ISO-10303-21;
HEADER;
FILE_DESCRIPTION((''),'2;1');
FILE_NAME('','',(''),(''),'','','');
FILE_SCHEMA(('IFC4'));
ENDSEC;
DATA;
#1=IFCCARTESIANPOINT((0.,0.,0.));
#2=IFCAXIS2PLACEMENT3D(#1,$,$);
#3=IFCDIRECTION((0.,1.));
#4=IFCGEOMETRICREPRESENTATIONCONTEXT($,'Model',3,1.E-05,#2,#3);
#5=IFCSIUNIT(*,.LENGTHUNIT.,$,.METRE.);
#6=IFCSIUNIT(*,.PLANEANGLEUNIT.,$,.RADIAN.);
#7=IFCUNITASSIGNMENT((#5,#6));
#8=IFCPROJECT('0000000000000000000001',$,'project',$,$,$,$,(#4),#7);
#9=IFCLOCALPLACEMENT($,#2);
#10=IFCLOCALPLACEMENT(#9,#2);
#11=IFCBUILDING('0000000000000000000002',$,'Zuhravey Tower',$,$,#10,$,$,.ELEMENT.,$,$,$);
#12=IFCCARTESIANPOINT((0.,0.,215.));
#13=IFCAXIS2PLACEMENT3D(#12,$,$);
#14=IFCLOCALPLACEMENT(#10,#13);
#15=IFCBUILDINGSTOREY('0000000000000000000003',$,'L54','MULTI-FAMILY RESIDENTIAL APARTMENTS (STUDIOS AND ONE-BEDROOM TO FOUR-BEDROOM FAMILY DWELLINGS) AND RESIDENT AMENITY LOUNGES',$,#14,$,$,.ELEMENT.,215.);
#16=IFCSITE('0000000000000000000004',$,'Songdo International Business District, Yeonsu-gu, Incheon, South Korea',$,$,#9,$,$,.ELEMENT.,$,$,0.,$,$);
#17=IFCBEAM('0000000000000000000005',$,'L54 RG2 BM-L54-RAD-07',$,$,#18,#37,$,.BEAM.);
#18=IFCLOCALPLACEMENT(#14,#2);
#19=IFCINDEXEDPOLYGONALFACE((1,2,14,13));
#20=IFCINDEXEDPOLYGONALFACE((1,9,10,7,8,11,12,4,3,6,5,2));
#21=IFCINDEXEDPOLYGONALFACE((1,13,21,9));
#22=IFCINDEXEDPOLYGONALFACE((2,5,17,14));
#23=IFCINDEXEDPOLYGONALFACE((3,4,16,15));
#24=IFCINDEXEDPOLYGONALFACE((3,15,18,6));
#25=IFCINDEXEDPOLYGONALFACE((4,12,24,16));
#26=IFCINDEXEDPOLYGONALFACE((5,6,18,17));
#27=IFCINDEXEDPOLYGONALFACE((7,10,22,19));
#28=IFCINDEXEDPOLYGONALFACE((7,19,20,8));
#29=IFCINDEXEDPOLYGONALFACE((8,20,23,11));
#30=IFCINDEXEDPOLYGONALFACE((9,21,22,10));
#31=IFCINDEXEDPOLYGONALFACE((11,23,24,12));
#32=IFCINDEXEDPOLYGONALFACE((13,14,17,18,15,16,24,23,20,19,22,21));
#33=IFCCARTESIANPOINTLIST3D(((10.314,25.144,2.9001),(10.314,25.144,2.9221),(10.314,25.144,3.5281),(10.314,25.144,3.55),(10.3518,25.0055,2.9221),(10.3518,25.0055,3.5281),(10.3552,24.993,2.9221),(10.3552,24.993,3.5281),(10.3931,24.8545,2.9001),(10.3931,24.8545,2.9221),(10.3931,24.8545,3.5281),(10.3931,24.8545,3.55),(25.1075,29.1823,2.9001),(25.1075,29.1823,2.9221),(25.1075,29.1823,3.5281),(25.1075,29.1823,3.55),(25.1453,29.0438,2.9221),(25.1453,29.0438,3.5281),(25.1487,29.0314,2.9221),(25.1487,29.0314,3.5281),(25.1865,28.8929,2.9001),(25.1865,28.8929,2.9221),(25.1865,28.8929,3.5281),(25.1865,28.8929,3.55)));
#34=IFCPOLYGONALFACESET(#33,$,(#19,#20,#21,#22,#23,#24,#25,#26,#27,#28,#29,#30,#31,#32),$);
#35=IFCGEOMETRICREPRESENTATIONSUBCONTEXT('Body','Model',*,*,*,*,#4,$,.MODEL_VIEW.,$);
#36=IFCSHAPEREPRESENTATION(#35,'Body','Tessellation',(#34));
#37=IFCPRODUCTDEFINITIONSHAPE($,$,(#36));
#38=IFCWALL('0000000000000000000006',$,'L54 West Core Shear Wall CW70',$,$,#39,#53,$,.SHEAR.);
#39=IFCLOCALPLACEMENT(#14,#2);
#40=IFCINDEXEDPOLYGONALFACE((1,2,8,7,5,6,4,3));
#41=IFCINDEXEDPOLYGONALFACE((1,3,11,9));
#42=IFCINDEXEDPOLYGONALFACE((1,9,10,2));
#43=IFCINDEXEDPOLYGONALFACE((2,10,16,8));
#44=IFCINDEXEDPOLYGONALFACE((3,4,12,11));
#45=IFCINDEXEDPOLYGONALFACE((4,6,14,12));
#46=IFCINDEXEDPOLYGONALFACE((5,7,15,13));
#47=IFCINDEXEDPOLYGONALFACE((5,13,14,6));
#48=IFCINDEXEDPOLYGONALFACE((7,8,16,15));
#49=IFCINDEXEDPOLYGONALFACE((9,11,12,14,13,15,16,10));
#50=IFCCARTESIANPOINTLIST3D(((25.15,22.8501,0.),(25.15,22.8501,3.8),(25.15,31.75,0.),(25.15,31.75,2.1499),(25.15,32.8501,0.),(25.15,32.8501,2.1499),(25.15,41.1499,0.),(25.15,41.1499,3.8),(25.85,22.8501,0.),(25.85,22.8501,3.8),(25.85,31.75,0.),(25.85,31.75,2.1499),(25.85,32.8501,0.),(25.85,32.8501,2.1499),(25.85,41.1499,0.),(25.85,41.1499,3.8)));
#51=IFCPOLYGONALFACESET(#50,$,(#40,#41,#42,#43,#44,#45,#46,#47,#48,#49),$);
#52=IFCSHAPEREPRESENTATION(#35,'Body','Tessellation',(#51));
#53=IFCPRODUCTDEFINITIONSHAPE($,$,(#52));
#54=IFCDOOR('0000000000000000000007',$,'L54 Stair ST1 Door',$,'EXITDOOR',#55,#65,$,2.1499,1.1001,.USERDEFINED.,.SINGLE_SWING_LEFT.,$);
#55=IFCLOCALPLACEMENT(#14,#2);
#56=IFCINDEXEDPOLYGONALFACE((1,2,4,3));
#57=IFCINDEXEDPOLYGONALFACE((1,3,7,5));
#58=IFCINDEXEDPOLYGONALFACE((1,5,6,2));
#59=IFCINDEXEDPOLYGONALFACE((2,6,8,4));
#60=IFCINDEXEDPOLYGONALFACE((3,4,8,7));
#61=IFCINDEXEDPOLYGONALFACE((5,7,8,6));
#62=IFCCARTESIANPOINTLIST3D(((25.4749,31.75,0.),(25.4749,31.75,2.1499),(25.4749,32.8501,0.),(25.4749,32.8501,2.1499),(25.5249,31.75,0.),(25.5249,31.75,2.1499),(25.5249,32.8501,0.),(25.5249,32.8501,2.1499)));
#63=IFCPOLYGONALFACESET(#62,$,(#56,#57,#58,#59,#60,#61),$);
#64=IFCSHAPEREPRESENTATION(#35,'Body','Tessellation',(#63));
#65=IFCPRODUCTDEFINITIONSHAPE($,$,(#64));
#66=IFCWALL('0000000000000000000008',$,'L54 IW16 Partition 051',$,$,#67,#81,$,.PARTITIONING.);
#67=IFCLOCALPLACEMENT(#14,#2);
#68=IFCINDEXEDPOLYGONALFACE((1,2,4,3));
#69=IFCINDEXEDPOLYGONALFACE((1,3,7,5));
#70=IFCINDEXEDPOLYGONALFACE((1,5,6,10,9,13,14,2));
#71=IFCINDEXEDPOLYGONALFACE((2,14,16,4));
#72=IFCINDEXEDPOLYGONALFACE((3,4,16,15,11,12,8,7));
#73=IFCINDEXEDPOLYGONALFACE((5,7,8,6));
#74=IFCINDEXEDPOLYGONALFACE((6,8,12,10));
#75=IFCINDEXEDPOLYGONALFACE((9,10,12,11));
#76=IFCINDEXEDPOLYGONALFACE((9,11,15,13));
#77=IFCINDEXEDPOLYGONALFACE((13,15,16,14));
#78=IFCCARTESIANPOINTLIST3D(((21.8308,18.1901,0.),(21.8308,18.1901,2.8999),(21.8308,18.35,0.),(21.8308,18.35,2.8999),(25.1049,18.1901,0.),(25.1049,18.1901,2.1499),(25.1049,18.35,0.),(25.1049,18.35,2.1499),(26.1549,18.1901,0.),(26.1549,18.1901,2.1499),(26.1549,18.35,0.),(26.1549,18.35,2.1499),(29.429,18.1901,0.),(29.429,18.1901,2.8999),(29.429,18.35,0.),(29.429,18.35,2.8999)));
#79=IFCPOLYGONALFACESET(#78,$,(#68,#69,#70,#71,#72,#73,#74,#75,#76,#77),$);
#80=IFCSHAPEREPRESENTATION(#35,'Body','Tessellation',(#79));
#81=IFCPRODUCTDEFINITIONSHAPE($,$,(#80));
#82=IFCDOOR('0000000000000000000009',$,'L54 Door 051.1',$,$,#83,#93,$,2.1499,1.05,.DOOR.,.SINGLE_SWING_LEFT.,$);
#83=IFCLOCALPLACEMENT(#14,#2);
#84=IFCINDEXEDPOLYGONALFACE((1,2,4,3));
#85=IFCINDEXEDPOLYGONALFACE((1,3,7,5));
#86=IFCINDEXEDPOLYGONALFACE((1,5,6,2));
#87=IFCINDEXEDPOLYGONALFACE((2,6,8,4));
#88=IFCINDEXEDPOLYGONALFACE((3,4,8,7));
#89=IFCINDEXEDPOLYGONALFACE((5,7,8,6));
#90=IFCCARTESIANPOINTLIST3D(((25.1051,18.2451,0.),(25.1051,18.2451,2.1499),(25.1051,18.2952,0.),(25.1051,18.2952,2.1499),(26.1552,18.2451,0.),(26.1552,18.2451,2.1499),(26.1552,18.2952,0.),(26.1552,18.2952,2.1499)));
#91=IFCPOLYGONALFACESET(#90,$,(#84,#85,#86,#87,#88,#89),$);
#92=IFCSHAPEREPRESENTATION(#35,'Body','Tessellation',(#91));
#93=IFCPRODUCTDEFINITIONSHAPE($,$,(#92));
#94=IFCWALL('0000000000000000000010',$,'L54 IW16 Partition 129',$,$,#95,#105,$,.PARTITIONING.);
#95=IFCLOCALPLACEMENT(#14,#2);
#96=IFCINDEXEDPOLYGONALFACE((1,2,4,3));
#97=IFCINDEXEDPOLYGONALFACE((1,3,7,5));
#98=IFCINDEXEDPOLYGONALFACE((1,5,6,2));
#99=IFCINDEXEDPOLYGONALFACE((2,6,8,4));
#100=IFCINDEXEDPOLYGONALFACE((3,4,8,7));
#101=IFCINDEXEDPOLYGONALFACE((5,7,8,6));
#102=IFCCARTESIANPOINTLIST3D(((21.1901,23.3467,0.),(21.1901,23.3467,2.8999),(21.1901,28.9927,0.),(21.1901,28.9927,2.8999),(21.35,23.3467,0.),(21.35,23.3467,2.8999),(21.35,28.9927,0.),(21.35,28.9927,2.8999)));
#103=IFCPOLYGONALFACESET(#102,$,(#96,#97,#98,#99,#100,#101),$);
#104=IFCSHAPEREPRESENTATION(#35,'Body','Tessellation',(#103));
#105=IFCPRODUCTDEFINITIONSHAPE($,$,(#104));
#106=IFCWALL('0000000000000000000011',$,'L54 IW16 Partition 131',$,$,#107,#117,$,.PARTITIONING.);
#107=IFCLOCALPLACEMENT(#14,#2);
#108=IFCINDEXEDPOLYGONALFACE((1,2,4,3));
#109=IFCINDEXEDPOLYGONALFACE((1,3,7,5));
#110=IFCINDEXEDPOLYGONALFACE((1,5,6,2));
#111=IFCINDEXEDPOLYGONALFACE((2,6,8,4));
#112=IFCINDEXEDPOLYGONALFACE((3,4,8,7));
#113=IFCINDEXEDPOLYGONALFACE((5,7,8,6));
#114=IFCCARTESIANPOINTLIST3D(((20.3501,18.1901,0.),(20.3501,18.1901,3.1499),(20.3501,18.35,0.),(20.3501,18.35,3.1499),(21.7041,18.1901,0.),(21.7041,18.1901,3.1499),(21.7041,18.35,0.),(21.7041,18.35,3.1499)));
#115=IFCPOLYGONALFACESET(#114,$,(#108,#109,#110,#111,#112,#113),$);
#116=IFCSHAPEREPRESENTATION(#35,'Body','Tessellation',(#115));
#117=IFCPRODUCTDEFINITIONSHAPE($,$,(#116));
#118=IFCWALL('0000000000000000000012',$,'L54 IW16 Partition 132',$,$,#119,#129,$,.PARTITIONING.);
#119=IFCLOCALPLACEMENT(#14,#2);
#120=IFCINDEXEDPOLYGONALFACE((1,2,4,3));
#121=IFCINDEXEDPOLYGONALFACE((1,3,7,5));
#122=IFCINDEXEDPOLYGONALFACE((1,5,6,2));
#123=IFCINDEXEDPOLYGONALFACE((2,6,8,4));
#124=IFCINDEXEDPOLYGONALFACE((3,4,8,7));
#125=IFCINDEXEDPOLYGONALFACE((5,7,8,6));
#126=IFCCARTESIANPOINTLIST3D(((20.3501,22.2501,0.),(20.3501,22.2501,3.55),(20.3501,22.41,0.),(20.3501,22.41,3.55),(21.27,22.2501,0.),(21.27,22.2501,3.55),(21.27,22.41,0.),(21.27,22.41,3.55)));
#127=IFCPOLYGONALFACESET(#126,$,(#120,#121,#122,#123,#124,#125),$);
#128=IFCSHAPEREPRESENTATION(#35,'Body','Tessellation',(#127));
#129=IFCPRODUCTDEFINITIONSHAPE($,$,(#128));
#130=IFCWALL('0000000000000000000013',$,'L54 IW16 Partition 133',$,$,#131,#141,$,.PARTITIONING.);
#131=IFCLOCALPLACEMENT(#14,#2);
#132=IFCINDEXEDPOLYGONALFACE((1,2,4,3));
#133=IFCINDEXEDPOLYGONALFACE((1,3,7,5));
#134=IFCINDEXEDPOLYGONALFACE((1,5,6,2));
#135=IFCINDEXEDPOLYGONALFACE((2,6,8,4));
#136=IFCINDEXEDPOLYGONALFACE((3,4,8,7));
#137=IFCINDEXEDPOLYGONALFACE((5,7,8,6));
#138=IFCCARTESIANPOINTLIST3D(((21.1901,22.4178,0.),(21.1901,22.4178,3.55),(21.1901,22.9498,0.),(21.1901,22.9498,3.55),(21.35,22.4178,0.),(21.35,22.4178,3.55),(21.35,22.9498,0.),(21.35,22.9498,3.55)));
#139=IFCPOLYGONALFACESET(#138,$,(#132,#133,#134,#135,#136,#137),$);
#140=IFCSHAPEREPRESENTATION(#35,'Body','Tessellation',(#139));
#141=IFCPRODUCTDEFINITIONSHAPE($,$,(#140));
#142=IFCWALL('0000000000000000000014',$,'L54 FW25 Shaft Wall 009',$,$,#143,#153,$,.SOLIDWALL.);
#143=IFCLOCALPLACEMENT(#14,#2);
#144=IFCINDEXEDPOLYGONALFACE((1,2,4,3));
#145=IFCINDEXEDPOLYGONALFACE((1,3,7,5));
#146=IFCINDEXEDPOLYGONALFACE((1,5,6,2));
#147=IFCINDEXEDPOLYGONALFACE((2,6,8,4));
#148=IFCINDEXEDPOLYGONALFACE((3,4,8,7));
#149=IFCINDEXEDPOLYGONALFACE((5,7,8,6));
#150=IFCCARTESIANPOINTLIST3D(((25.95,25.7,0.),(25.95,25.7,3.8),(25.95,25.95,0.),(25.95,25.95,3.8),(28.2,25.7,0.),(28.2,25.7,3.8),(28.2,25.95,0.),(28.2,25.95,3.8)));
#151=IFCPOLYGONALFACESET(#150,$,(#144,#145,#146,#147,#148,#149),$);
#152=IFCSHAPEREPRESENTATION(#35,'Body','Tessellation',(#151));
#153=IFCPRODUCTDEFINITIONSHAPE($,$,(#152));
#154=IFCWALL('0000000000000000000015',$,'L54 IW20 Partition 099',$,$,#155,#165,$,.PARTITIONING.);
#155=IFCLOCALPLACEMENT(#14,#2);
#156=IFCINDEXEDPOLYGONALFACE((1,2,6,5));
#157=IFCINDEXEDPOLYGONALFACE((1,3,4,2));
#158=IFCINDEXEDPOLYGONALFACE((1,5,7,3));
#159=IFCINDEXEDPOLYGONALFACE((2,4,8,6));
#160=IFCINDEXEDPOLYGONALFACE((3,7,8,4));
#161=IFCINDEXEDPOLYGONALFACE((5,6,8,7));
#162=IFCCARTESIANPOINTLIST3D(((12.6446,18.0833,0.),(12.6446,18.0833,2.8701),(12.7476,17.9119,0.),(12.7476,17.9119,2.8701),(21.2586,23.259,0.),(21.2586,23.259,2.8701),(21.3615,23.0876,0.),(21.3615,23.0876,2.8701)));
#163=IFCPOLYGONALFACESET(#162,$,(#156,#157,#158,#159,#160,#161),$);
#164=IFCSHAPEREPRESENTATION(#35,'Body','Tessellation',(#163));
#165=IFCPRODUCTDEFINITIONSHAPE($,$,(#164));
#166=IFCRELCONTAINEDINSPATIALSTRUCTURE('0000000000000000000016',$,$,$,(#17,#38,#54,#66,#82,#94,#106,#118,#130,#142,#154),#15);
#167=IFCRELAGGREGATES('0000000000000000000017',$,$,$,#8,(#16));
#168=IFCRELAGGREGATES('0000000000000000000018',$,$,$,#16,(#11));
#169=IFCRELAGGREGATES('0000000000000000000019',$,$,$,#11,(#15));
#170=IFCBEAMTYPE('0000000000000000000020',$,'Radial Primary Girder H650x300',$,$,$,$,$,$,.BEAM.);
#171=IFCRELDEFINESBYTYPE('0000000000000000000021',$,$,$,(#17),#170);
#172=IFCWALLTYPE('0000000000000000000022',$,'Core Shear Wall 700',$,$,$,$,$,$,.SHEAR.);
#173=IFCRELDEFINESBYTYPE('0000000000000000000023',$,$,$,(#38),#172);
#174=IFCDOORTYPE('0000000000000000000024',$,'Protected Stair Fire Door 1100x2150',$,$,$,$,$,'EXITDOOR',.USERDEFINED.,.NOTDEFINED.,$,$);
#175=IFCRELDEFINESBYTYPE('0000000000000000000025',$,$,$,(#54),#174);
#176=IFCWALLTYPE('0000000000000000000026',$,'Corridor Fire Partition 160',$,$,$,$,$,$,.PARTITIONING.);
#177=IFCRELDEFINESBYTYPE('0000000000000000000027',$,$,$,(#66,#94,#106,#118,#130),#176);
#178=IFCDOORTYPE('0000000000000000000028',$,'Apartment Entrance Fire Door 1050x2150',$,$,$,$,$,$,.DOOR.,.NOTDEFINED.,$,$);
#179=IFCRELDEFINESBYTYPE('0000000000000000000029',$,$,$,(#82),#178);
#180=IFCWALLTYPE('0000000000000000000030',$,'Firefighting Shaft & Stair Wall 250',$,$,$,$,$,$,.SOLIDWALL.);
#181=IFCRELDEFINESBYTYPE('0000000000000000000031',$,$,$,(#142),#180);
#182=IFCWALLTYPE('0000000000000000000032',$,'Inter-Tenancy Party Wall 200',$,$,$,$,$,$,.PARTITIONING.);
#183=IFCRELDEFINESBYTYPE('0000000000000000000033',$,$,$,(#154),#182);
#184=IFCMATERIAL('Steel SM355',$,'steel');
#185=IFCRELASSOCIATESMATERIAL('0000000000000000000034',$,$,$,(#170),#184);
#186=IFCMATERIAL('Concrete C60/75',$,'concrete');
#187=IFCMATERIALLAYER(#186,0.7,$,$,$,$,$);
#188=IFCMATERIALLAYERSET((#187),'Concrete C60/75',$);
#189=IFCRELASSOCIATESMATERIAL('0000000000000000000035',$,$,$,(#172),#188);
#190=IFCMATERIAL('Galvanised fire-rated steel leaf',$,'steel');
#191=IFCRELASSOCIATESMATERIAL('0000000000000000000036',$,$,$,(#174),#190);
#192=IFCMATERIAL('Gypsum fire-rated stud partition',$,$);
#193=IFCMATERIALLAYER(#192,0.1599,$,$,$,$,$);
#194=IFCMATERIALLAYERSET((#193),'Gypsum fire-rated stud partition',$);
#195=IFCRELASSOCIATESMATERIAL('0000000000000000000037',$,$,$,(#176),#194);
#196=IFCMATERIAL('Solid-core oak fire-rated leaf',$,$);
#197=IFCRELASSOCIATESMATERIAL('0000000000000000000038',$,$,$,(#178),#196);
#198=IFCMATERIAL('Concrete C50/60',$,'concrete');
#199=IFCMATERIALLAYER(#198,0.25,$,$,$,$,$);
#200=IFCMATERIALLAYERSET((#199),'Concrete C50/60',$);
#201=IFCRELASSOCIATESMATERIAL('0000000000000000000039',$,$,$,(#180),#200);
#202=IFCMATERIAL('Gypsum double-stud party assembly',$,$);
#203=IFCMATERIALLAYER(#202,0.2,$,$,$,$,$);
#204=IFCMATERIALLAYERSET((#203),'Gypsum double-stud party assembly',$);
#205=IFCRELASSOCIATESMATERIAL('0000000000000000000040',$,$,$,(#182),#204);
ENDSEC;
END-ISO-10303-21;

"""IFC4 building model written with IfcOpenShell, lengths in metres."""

from ifc_helpers import new_model, si_unit, direction, frame, frame_2d, origin, origin_2d, place, context, subcontext, project, spatial, rectangle, i_section, extrude, material, layer, layer_set, material_profile, profile_set, type_object, element, fill, save


model = new_model("IFC4")

# Units and contexts
model_context = context("Model", 3, precision=1e-05, world=origin(), true_north=direction((0.0, 1.0)))
body_context = subcontext(model_context, "Body", "Model", "MODEL_VIEW")
ifc_project = project(units=[si_unit("LENGTHUNIT", "METRE"), si_unit("PLANEANGLEUNIT", "RADIAN")], contexts=[model_context])

# Site, building, storey
site_placement = place(None, origin())
site = spatial("IfcSite", under=ifc_project, at=site_placement, Name="Songdo International Business District, Yeonsu-gu, Incheon, South Korea", CompositionType="ELEMENT", RefElevation=0.0)
building_placement = place(site_placement, origin())
building = spatial("IfcBuilding", under=site, at=building_placement, Name="Zuhravey Tower", CompositionType="ELEMENT")
storey_placement = place(building_placement, frame((0.0, 0.0, 215.0)))
storey = spatial("IfcBuildingStorey", under=building, at=storey_placement, Name="L54", Description="MULTI-FAMILY RESIDENTIAL APARTMENTS (STUDIOS AND ONE-BEDROOM TO FOUR-BEDROOM FAMILY DWELLINGS) AND RESIDENT AMENITY LOUNGES", CompositionType="ELEMENT", Elevation=215.0)

# Beam
ifc_material_1 = material(Name="Steel SM355", Category="steel")
ifc_material_profile = material_profile(ifc_material_1, i_section(OverallWidth=0.3, OverallDepth=0.6499, WebThickness=0.0129, FlangeThickness=0.022, at=origin_2d()), Name="H-650x300x13x22")
ifc_profile_set = profile_set([ifc_material_profile], Name="Steel SM355")
beam_type = type_object("IfcBeamType", Name="Radial Primary Girder H650x300", PredefinedType="BEAM", material=ifc_profile_set)
beam_placement = place(storey_placement, frame((25.147, 29.0376, 3.2251), z_axis=(-0.964702, -0.263345, 0.0), x_axis=(0.263345, -0.964702, 0.0)))
element("IfcBeam", 1, at=beam_placement, inside=storey, type_object=beam_type, Name="L54 RG2 BM-L54-RAD-07", PredefinedType="BEAM", context=body_context, shape_type="SweptSolid", body=[
    extrude(i_section(OverallWidth=0.3, OverallDepth=0.6499, WebThickness=0.0129, FlangeThickness=0.022, at=origin_2d()), origin(), (0.0, 0.0, 1.0), 15.3347),
])

# Walls, openings, doors
ifc_material_2 = material(Name="Concrete C60/75", Category="concrete")
ifc_layer_1 = layer(ifc_material_2, 0.7)
ifc_layer_set_1 = layer_set([ifc_layer_1], Name="Concrete C60/75")
wall_type_1 = type_object("IfcWallType", Name="Core Shear Wall 700", PredefinedType="SHEAR", material=ifc_layer_set_1)
ifc_material_3 = material(Name="Galvanised fire-rated steel leaf", Category="steel")
wall_1_placement = place(storey_placement, frame((25.5, 22.8501, 0.0), z_axis=(0.0, 0.0, 1.0), x_axis=(0.0, 1.0, 0.0)))
wall_1 = element("IfcWall", 2, at=wall_1_placement, inside=storey, type_object=wall_type_1, Name="L54 West Core Shear Wall CW70", PredefinedType="SHEAR", context=body_context, shape_type="SweptSolid", body=[
    extrude(rectangle(XDim=18.2998, YDim=0.7, at=frame_2d((9.1499, 0.0))), origin(), (0.0, 0.0, 1.0), 3.8),
])
opening_1_placement = place(wall_1_placement, frame((8.8999, 0.0, 0.0)))
opening_1 = element("IfcOpeningElement", 3, at=opening_1_placement, cuts=wall_1, PredefinedType="OPENING", context=body_context, shape_type="SweptSolid", body=[
    extrude(rectangle(XDim=1.1001, YDim=2.1499, at=frame_2d((0.55, 1.075))), frame((0.0, 0.3621, 0.0), z_axis=(0.0, -1.0, 0.0), x_axis=(1.0, 0.0, 0.0)), (0.0, 0.0, 1.0), 0.7239),
])
door_type_1 = type_object("IfcDoorType", Name="Protected Stair Fire Door 1100x2150", ElementType="EXITDOOR", OperationType="NOTDEFINED", PredefinedType="USERDEFINED", material=ifc_material_3)
door_1_placement = place(opening_1_placement, frame((1.1001, 0.0, 0.0), z_axis=(0.0, 0.0, 1.0), x_axis=(-1.0, 0.0, 0.0)))
door_1 = element("IfcDoor", 4, at=door_1_placement, inside=storey, type_object=door_type_1, Name="L54 Stair ST1 Door", ObjectType="EXITDOOR", OperationType="SINGLE_SWING_LEFT", OverallHeight=2.1499, OverallWidth=1.1001, PredefinedType="USERDEFINED", context=body_context, shape_type="SweptSolid", body=[
    extrude(rectangle(XDim=1.1001, YDim=2.1499, at=frame_2d((0.55, 1.075))), frame((0.0, 0.0249, 0.0), z_axis=(0.0, -1.0, 0.0), x_axis=(1.0, 0.0, 0.0)), (0.0, 0.0, 1.0), 0.05),
])
fill(opening_1, door_1)
ifc_material_4 = material(Name="Gypsum fire-rated stud partition")
ifc_layer_2 = layer(ifc_material_4, 0.1599)
ifc_layer_set_2 = layer_set([ifc_layer_2], Name="Gypsum fire-rated stud partition")
wall_type_2 = type_object("IfcWallType", Name="Corridor Fire Partition 160", PredefinedType="PARTITIONING", material=ifc_layer_set_2)
wall_2_placement = place(storey_placement, frame((21.8308, 18.27, 0.0), z_axis=(0.0, 0.0, 1.0), x_axis=(1.0, 0.0, 0.0)))
wall_2 = element("IfcWall", 5, at=wall_2_placement, inside=storey, type_object=wall_type_2, Name="L54 IW16 Partition 051", PredefinedType="PARTITIONING", context=body_context, shape_type="SweptSolid", body=[
    extrude(rectangle(XDim=7.5981, YDim=0.1599, at=frame_2d((3.7991, 0.0))), origin(), (0.0, 0.0, 1.0), 2.8999),
])
opening_2_placement = place(wall_2_placement, frame((3.2742, 0.0, 0.0)))
opening_2 = element("IfcOpeningElement", 6, at=opening_2_placement, cuts=wall_2, PredefinedType="OPENING", context=body_context, shape_type="SweptSolid", body=[
    extrude(rectangle(XDim=1.05, YDim=2.1499, at=frame_2d((0.5249, 1.075))), frame((0.0, 0.092, 0.0), z_axis=(0.0, -1.0, 0.0), x_axis=(1.0, 0.0, 0.0)), (0.0, 0.0, 1.0), 0.1838),
])
ifc_material_5 = material(Name="Solid-core oak fire-rated leaf")
door_type_2 = type_object("IfcDoorType", Name="Apartment Entrance Fire Door 1050x2150", OperationType="NOTDEFINED", PredefinedType="DOOR", material=ifc_material_5)
door_2_placement = place(opening_2_placement, frame((1.05, 0.0, 0.0), z_axis=(0.0, 0.0, 1.0), x_axis=(-1.0, 0.0, 0.0)))
door_2 = element("IfcDoor", 7, at=door_2_placement, inside=storey, type_object=door_type_2, Name="L54 Door 051.1", OperationType="SINGLE_SWING_LEFT", OverallHeight=2.1499, OverallWidth=1.05, PredefinedType="DOOR", context=body_context, shape_type="SweptSolid", body=[
    extrude(rectangle(XDim=1.05, YDim=2.1499, at=frame_2d((0.5249, 1.075))), frame((0.0, 0.0249, 0.0), z_axis=(0.0, -1.0, 0.0), x_axis=(1.0, 0.0, 0.0)), (0.0, 0.0, 1.0), 0.05),
])
fill(opening_2, door_2)

# Walls
wall_3_placement = place(storey_placement, frame((21.27, 28.9927, 0.0), z_axis=(0.0, 0.0, 1.0), x_axis=(0.0, -1.0, 0.0)))
element("IfcWall", 8, at=wall_3_placement, inside=storey, type_object=wall_type_2, Name="L54 IW16 Partition 129", PredefinedType="PARTITIONING", context=body_context, shape_type="SweptSolid", body=[
    extrude(rectangle(XDim=5.646, YDim=0.1599, at=frame_2d((2.823, 0.0))), origin(), (0.0, 0.0, 1.0), 2.8999),
])
wall_4_placement = place(storey_placement, frame((20.3501, 18.27, 0.0), z_axis=(0.0, 0.0, 1.0), x_axis=(1.0, 0.0, 0.0)))
element("IfcWall", 9, at=wall_4_placement, inside=storey, type_object=wall_type_2, Name="L54 IW16 Partition 131", PredefinedType="PARTITIONING", context=body_context, shape_type="SweptSolid", body=[
    extrude(rectangle(XDim=1.354, YDim=0.1599, at=frame_2d((0.677, 0.0))), origin(), (0.0, 0.0, 1.0), 3.1499),
])
wall_5_placement = place(storey_placement, frame((21.27, 22.3301, 0.0), z_axis=(0.0, 0.0, 1.0), x_axis=(-1.0, 0.0, 0.0)))
element("IfcWall", 10, at=wall_5_placement, inside=storey, type_object=wall_type_2, Name="L54 IW16 Partition 132", PredefinedType="PARTITIONING", context=body_context, shape_type="SweptSolid", body=[
    extrude(rectangle(XDim=0.9199, YDim=0.1599, at=frame_2d((0.46, 0.0))), origin(), (0.0, 0.0, 1.0), 3.55),
])
wall_6_placement = place(storey_placement, frame((21.27, 22.95, 0.0), z_axis=(0.0, 0.0, 1.0), x_axis=(0.0, -1.0, 0.0)))
element("IfcWall", 11, at=wall_6_placement, inside=storey, type_object=wall_type_2, Name="L54 IW16 Partition 133", PredefinedType="PARTITIONING", context=body_context, shape_type="SweptSolid", body=[
    extrude(rectangle(XDim=0.532, YDim=0.1599, at=frame_2d((0.2661, 0.0))), origin(), (0.0, 0.0, 1.0), 3.55),
])
ifc_material_6 = material(Name="Concrete C50/60", Category="concrete")
ifc_layer_3 = layer(ifc_material_6, 0.25)
ifc_layer_set_3 = layer_set([ifc_layer_3], Name="Concrete C50/60")
wall_type_3 = type_object("IfcWallType", Name="Firefighting Shaft & Stair Wall 250", PredefinedType="SOLIDWALL", material=ifc_layer_set_3)
wall_7_placement = place(storey_placement, frame((25.95, 25.825, 0.0), z_axis=(0.0, 0.0, 1.0), x_axis=(1.0, 0.0, 0.0)))
element("IfcWall", 12, at=wall_7_placement, inside=storey, type_object=wall_type_3, Name="L54 FW25 Shaft Wall 009", PredefinedType="SOLIDWALL", context=body_context, shape_type="SweptSolid", body=[
    extrude(rectangle(XDim=2.25, YDim=0.25, at=frame_2d((1.125, 0.0))), origin(), (0.0, 0.0, 1.0), 3.8),
])
ifc_material_7 = material(Name="Gypsum double-stud party assembly")
ifc_layer_4 = layer(ifc_material_7, 0.2)
ifc_layer_set_4 = layer_set([ifc_layer_4], Name="Gypsum double-stud party assembly")
wall_type_4 = type_object("IfcWallType", Name="Inter-Tenancy Party Wall 200", PredefinedType="PARTITIONING", material=ifc_layer_set_4)
wall_8_placement = place(storey_placement, frame((21.3101, 23.1733, 0.0), z_axis=(0.0, 0.0, 1.0), x_axis=(-0.857169, -0.515035, 0.0)))
element("IfcWall", 13, at=wall_8_placement, inside=storey, type_object=wall_type_4, Name="L54 IW20 Partition 099", PredefinedType="PARTITIONING", context=body_context, shape_type="SweptSolid", body=[
    extrude(rectangle(XDim=10.0493, YDim=0.2, at=frame_2d((5.0247, 0.0))), origin(), (0.0, 0.0, 1.0), 2.8701),
])

save(model, "model.ifc")
